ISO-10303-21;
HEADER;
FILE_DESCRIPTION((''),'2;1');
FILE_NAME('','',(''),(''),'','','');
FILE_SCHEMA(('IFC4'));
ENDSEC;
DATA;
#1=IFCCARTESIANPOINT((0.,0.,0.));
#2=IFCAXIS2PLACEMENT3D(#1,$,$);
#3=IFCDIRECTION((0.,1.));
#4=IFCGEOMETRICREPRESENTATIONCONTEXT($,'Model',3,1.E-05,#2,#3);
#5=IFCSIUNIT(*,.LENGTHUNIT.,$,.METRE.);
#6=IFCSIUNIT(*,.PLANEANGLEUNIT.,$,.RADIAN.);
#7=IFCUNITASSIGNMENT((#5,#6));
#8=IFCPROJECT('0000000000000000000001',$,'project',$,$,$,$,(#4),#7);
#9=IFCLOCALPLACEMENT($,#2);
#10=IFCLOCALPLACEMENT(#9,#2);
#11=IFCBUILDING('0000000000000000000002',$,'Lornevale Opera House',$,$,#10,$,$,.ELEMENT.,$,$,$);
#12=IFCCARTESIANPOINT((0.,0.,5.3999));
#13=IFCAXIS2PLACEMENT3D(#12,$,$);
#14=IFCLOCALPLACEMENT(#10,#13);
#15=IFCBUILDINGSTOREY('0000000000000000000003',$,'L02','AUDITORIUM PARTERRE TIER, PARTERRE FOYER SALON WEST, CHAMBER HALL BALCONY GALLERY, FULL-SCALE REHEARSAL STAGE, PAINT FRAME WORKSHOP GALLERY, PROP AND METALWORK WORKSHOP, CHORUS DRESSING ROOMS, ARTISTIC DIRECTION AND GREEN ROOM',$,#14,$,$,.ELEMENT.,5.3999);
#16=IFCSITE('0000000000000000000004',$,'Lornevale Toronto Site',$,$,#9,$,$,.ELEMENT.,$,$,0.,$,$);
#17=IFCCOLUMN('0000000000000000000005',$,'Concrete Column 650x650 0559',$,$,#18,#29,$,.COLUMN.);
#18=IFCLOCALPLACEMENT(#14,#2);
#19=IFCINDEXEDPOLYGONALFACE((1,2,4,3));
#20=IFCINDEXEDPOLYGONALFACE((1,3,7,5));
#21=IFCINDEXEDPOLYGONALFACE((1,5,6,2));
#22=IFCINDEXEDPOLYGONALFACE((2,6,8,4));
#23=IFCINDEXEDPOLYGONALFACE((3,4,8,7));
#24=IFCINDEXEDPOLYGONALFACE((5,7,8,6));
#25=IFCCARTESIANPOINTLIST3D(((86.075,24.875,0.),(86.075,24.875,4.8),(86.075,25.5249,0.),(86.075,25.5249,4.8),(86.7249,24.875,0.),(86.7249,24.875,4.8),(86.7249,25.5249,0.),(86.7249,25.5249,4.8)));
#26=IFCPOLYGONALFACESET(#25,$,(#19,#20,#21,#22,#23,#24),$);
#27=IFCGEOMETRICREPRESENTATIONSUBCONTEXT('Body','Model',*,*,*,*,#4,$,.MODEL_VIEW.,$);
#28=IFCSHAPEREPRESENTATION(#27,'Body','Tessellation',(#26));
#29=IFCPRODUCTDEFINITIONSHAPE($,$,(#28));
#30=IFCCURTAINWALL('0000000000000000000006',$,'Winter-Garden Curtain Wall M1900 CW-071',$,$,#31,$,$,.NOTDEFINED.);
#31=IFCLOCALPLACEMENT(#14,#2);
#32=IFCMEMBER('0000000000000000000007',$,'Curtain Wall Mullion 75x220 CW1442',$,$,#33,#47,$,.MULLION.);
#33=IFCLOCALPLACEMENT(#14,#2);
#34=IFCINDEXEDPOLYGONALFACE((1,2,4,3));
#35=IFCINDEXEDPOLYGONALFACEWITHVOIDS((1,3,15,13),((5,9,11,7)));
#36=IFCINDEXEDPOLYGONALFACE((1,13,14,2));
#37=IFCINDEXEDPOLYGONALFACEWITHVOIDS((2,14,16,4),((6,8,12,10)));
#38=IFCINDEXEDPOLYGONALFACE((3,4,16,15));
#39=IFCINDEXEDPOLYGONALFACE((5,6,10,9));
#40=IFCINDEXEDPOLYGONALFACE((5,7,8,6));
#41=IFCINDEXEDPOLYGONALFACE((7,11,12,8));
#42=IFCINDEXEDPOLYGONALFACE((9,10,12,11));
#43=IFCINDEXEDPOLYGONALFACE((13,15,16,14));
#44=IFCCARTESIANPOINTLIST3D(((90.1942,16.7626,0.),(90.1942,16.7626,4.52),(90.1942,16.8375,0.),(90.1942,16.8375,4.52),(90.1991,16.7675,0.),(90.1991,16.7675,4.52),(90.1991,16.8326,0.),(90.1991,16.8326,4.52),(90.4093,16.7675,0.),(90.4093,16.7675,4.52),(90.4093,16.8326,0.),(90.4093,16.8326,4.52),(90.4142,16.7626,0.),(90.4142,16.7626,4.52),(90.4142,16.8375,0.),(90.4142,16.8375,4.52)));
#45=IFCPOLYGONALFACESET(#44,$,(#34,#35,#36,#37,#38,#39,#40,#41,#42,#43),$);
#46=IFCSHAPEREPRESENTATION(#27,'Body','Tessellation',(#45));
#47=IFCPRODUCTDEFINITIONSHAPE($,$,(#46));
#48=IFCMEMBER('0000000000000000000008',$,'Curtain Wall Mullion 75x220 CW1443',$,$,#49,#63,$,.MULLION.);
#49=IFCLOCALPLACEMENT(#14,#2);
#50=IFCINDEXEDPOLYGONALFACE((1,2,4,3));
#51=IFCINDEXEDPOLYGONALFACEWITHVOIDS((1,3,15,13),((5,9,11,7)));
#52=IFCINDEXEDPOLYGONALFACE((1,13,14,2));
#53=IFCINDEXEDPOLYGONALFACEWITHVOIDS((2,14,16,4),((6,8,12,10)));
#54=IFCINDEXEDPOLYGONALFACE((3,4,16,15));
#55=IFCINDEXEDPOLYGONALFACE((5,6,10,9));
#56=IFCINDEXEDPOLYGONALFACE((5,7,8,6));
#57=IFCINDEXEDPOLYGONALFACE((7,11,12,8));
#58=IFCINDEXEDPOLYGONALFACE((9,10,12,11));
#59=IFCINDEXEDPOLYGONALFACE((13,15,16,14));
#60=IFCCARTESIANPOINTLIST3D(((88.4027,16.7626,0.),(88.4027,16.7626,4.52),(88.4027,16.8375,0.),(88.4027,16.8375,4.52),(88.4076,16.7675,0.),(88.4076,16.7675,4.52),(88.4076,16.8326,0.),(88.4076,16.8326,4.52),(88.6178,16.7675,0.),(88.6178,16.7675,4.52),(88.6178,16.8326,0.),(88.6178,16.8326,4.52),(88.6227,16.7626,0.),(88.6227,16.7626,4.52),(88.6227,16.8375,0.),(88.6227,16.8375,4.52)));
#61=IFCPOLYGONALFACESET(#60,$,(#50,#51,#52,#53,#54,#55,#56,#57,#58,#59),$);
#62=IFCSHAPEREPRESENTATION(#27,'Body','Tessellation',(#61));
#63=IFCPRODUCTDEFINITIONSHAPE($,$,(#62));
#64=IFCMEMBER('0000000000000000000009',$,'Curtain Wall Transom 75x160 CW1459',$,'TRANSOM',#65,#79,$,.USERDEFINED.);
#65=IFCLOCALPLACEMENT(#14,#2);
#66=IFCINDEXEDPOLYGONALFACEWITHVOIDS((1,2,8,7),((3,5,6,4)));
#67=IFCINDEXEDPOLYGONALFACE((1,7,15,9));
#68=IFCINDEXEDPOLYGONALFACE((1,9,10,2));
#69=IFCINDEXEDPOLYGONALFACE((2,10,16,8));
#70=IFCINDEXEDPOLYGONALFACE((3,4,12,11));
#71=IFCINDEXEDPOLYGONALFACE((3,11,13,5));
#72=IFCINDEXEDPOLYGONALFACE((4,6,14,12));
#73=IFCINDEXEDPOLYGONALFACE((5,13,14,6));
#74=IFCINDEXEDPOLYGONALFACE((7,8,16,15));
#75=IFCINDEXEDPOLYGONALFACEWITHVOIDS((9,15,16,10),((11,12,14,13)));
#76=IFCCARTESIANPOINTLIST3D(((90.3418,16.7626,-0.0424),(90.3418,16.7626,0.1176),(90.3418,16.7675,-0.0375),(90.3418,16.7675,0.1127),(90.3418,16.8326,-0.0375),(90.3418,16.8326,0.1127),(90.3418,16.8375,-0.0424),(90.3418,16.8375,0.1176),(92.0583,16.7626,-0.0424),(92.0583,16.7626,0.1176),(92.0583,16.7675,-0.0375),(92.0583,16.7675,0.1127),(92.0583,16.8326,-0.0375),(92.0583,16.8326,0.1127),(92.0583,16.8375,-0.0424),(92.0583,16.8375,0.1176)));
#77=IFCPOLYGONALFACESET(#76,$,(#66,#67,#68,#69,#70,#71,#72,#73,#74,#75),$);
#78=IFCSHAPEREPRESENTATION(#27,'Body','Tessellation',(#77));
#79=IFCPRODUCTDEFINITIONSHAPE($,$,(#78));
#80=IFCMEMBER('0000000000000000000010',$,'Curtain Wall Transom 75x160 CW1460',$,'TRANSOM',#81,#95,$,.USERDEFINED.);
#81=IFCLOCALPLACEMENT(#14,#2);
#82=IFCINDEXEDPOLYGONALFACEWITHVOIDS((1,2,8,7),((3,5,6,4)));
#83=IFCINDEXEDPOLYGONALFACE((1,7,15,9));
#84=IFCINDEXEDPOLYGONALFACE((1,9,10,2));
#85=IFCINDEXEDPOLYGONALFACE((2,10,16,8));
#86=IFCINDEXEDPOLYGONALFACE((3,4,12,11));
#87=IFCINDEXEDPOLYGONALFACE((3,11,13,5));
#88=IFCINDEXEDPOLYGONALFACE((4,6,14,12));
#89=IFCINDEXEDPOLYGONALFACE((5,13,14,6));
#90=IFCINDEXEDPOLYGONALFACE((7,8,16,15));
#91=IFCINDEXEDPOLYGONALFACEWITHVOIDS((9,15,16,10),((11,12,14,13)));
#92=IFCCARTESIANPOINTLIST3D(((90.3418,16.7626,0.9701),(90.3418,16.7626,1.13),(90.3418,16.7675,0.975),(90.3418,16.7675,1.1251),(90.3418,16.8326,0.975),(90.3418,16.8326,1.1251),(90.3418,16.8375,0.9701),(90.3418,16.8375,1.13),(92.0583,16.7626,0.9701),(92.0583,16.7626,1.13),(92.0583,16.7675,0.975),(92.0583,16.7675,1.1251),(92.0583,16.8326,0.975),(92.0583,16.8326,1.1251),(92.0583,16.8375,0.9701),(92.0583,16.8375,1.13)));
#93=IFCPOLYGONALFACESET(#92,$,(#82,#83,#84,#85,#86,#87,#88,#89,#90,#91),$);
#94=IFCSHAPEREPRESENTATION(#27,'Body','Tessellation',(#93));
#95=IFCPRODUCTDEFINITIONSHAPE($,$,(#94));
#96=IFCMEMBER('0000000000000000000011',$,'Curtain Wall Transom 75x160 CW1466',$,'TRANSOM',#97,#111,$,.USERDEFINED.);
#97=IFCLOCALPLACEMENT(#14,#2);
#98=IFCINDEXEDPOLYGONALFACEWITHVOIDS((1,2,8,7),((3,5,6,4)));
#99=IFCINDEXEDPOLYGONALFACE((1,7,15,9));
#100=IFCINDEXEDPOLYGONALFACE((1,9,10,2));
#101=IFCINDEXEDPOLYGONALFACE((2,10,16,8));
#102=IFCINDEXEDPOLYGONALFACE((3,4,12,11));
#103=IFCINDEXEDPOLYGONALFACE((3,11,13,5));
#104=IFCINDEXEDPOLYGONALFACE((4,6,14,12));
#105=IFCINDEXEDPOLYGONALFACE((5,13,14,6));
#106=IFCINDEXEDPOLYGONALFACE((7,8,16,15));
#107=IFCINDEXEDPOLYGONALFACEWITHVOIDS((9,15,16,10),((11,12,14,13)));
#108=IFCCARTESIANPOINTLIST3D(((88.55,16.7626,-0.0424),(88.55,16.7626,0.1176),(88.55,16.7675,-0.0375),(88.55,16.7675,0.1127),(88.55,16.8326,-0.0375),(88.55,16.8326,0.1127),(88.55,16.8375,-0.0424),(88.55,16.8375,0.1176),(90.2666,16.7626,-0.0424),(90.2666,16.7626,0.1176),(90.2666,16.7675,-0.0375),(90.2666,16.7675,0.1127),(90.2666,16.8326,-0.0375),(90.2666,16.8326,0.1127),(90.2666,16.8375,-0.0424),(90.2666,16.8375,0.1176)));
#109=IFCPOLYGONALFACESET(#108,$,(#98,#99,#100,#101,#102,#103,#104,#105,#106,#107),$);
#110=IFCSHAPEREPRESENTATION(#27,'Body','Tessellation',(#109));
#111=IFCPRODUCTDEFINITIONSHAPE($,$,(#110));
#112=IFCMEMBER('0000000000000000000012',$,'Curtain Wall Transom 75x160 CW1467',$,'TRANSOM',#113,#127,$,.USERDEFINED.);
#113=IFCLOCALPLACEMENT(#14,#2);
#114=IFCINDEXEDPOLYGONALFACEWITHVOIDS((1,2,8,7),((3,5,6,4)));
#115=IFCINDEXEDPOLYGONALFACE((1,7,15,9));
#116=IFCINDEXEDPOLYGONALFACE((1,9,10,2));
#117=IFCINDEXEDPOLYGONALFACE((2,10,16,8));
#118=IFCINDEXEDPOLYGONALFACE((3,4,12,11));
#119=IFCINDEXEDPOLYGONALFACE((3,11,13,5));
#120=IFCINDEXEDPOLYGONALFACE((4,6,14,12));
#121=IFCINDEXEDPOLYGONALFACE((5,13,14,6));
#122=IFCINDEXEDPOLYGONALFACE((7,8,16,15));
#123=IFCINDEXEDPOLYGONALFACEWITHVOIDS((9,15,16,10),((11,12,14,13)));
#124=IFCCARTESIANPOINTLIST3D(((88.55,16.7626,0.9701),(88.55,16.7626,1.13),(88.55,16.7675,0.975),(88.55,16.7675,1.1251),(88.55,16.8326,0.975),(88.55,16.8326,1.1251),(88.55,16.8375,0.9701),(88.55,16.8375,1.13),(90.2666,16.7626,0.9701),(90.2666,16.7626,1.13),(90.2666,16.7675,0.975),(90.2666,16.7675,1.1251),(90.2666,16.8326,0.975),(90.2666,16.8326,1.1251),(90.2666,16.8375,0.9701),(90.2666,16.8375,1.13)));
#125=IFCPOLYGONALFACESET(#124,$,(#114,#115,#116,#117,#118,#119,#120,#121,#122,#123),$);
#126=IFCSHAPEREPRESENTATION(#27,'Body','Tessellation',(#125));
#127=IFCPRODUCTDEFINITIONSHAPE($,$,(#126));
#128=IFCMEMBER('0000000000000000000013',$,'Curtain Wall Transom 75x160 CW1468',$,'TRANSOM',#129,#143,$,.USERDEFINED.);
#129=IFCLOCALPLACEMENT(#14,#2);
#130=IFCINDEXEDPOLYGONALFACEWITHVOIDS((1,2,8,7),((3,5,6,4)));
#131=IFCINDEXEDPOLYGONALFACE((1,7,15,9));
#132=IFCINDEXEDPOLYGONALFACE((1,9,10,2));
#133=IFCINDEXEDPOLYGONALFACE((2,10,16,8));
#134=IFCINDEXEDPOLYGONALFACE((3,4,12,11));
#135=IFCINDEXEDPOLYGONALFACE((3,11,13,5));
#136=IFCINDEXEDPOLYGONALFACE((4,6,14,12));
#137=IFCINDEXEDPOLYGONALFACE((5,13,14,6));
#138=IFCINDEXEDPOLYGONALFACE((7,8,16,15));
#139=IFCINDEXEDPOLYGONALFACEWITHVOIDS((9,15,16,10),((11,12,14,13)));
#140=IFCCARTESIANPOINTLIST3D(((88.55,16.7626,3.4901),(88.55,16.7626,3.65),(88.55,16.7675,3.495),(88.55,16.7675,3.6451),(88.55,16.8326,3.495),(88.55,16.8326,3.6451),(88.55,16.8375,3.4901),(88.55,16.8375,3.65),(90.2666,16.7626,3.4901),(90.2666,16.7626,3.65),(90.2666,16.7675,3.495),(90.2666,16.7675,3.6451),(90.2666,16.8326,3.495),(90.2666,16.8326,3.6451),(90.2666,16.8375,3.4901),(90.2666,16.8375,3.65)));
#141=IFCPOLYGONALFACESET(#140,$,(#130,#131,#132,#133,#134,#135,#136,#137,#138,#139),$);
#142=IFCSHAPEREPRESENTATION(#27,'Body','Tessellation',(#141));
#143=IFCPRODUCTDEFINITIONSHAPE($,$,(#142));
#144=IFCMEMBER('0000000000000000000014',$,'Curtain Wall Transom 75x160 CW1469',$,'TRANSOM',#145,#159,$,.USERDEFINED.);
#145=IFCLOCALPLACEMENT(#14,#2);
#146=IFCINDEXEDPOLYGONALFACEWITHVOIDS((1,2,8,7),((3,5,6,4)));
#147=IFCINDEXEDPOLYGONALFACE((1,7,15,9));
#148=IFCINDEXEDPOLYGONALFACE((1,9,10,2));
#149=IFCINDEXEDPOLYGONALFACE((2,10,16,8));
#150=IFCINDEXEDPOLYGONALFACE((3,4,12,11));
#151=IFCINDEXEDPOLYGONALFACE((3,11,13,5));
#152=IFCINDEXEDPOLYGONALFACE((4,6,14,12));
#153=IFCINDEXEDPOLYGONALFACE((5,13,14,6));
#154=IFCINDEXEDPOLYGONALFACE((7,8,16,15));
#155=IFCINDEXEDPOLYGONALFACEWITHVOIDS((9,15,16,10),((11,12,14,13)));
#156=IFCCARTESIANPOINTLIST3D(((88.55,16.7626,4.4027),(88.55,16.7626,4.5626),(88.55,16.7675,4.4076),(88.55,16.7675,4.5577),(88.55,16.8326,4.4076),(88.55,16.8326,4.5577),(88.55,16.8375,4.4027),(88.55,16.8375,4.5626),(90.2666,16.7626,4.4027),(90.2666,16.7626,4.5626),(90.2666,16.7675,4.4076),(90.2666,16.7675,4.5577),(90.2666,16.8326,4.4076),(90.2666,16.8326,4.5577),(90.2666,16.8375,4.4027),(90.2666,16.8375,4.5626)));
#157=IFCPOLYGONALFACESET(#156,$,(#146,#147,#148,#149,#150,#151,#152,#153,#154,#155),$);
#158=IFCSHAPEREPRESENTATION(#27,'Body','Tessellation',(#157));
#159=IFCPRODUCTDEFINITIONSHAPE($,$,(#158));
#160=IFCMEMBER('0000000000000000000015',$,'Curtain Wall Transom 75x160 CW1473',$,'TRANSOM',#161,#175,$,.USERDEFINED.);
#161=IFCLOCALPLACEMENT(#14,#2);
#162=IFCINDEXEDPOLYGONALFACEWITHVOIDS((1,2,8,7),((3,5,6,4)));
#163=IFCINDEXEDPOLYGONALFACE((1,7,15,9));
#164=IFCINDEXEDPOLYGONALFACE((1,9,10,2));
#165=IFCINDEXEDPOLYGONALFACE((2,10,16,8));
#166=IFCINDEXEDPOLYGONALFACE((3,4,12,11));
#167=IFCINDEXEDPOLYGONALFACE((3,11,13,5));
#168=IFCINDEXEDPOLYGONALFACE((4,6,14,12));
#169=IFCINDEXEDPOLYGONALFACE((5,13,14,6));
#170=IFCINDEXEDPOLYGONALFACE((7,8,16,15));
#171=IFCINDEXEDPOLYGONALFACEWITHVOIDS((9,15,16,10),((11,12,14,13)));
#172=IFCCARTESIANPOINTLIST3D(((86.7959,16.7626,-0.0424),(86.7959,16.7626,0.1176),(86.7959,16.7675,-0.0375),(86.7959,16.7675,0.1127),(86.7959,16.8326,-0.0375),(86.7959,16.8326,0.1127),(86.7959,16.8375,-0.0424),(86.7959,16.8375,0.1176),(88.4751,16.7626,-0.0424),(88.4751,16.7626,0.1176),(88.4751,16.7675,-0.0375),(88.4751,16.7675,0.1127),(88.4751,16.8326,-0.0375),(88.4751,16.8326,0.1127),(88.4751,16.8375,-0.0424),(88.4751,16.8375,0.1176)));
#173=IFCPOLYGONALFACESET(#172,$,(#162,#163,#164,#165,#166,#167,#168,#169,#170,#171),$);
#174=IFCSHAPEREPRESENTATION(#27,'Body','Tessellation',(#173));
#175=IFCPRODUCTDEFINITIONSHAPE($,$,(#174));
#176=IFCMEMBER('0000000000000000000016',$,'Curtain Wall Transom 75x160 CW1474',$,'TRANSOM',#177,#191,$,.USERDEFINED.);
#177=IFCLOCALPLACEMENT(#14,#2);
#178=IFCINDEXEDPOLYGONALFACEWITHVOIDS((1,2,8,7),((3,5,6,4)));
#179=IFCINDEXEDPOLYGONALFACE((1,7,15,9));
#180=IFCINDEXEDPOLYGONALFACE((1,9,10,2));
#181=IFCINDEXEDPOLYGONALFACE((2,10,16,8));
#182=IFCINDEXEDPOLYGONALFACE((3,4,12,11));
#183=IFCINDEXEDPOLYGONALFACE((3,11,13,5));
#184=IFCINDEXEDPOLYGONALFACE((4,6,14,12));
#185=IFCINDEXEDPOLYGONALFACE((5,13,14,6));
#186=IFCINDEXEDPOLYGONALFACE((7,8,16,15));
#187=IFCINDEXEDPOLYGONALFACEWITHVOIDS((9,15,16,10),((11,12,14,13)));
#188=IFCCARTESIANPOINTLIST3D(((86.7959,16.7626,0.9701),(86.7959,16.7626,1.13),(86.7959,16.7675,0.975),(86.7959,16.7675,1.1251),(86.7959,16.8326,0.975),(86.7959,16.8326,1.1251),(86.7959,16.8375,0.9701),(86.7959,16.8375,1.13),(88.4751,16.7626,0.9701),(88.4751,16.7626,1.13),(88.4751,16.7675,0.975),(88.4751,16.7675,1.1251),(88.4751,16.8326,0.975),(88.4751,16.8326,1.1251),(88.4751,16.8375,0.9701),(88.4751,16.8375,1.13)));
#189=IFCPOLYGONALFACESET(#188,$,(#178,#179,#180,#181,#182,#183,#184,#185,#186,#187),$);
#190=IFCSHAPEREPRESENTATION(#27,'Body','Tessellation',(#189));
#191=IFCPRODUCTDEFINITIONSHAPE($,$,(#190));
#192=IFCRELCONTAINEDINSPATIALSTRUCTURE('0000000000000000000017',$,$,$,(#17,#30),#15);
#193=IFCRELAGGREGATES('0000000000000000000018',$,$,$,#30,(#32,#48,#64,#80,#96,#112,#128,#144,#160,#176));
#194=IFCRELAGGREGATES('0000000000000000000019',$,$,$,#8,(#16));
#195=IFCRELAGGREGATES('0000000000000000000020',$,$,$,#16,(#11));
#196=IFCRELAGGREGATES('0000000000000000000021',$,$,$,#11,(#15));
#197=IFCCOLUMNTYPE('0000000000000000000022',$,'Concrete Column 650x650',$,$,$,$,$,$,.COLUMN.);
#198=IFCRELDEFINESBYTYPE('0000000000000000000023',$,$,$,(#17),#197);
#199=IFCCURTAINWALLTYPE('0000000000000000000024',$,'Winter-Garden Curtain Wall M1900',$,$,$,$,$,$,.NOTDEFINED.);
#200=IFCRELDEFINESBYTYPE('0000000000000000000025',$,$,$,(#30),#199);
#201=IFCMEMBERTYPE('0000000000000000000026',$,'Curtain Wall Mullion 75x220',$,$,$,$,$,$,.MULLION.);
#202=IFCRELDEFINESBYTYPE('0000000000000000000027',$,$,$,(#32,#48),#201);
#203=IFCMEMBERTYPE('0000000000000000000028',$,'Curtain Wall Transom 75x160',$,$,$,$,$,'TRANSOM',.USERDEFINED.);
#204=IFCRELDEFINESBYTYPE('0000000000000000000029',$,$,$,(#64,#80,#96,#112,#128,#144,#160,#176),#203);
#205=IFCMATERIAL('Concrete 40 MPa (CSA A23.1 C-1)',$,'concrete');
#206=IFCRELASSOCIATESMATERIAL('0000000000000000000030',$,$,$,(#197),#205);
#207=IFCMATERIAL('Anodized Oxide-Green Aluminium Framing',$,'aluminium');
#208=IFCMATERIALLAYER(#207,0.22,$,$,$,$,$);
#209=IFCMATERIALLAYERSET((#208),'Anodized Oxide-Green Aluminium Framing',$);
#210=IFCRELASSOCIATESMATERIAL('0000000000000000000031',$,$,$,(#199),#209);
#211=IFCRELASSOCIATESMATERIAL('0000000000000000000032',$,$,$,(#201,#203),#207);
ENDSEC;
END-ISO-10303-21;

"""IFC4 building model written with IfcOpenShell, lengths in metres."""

from ifc_helpers import new_model, si_unit, direction, frame, origin, origin_2d, place, context, subcontext, project, spatial, rectangle, hollow_rectangle, extrude, material, layer, layer_set, material_profile, profile_set, type_object, element, aggregate, save


model = new_model("IFC4")

# Units and contexts
model_context = context("Model", 3, precision=1e-05, world=origin(), true_north=direction((0.0, 1.0)))
body_context = subcontext(model_context, "Body", "Model", "MODEL_VIEW")
ifc_project = project(units=[si_unit("LENGTHUNIT", "METRE"), si_unit("PLANEANGLEUNIT", "RADIAN")], contexts=[model_context])

# Site, building, storey
site_placement = place(None, origin())
site = spatial("IfcSite", under=ifc_project, at=site_placement, Name="Lornevale Toronto Site", CompositionType="ELEMENT", RefElevation=0.0)
building_placement = place(site_placement, origin())
building = spatial("IfcBuilding", under=site, at=building_placement, Name="Lornevale Opera House", CompositionType="ELEMENT")
storey_placement = place(building_placement, frame((0.0, 0.0, 5.3999)))
storey = spatial("IfcBuildingStorey", under=building, at=storey_placement, Name="L02", Description="AUDITORIUM PARTERRE TIER, PARTERRE FOYER SALON WEST, CHAMBER HALL BALCONY GALLERY, FULL-SCALE REHEARSAL STAGE, PAINT FRAME WORKSHOP GALLERY, PROP AND METALWORK WORKSHOP, CHORUS DRESSING ROOMS, ARTISTIC DIRECTION AND GREEN ROOM", CompositionType="ELEMENT", Elevation=5.3999)

# Column
ifc_material_1 = material(Name="Concrete 40 MPa (CSA A23.1 C-1)", Category="concrete")
ifc_material_profile_1 = material_profile(ifc_material_1, rectangle(XDim=0.6499, YDim=0.6499, at=origin_2d()), Name="RC650x650")
ifc_profile_set_1 = profile_set([ifc_material_profile_1], Name="Concrete 40 MPa (CSA A23.1 C-1)")
column_type = type_object("IfcColumnType", Name="Concrete Column 650x650", PredefinedType="COLUMN", material=ifc_profile_set_1)
column_placement = place(storey_placement, frame((86.3999, 25.2, 0.0), z_axis=(0.0, 0.0, 1.0), x_axis=(1.0, 0.0, 0.0)))
element("IfcColumn", 1, at=column_placement, inside=storey, type_object=column_type, Name="Concrete Column 650x650 0559", PredefinedType="COLUMN", context=body_context, shape_type="SweptSolid", body=[
    extrude(rectangle(XDim=0.6499, YDim=0.6499, at=origin_2d()), origin(), (0.0, 0.0, 1.0), 4.8),
])

# Curtain wall, members
ifc_material_2 = material(Name="Anodized Oxide-Green Aluminium Framing", Category="aluminium")
ifc_layer_1 = layer(ifc_material_2, 0.22)
ifc_layer_set_1 = layer_set([ifc_layer_1], Name="Anodized Oxide-Green Aluminium Framing")
curtain_wall_type = type_object("IfcCurtainWallType", Name="Winter-Garden Curtain Wall M1900", PredefinedType="NOTDEFINED", material=ifc_layer_set_1)
curtain_wall_placement = place(storey_placement, origin())
curtain_wall = element("IfcCurtainWall", 2, at=curtain_wall_placement, inside=storey, type_object=curtain_wall_type, Name="Winter-Garden Curtain Wall M1900 CW-071", PredefinedType="NOTDEFINED")
ifc_material_profile_2 = material_profile(ifc_material_2, hollow_rectangle(XDim=0.075, YDim=0.22, WallThickness=0.0049, at=origin_2d()), Name="ALU75x220x5")
ifc_profile_set_2 = profile_set([ifc_material_profile_2], Name="Anodized Oxide-Green Aluminium Framing")
member_type_1 = type_object("IfcMemberType", Name="Curtain Wall Mullion 75x220", PredefinedType="MULLION", material=ifc_profile_set_2)
member_1_placement = place(storey_placement, frame((90.3042, 16.8, 0.0), z_axis=(0.0, 0.0, 1.0), x_axis=(0.0, -1.0, 0.0)))
member_1 = element("IfcMember", 3, at=member_1_placement, type_object=member_type_1, Name="Curtain Wall Mullion 75x220 CW1442", PredefinedType="MULLION", context=body_context, shape_type="SweptSolid", body=[
    extrude(hollow_rectangle(XDim=0.075, YDim=0.22, WallThickness=0.0049, at=origin_2d()), origin(), (0.0, 0.0, 1.0), 4.52),
])
member_2_placement = place(storey_placement, frame((88.5127, 16.8, 0.0), z_axis=(0.0, 0.0, 1.0), x_axis=(0.0, -1.0, 0.0)))
member_2 = element("IfcMember", 4, at=member_2_placement, type_object=member_type_1, Name="Curtain Wall Mullion 75x220 CW1443", PredefinedType="MULLION", context=body_context, shape_type="SweptSolid", body=[
    extrude(hollow_rectangle(XDim=0.075, YDim=0.22, WallThickness=0.0049, at=origin_2d()), origin(), (0.0, 0.0, 1.0), 4.52),
])
ifc_material_profile_3 = material_profile(ifc_material_2, hollow_rectangle(XDim=0.075, YDim=0.1599, WallThickness=0.0049, at=origin_2d()), Name="ALU75x160x5")
ifc_profile_set_3 = profile_set([ifc_material_profile_3], Name="Anodized Oxide-Green Aluminium Framing")
member_type_2 = type_object("IfcMemberType", Name="Curtain Wall Transom 75x160", ElementType="TRANSOM", PredefinedType="USERDEFINED", material=ifc_profile_set_3)
member_3_placement = place(storey_placement, frame((92.0583, 16.8, 0.0376), z_axis=(-1.0, 0.0, 0.0), x_axis=(0.0, -1.0, 0.0)))
member_3 = element("IfcMember", 5, at=member_3_placement, type_object=member_type_2, Name="Curtain Wall Transom 75x160 CW1459", ObjectType="TRANSOM", PredefinedType="USERDEFINED", context=body_context, shape_type="SweptSolid", body=[
    extrude(hollow_rectangle(XDim=0.075, YDim=0.1599, WallThickness=0.0049, at=origin_2d()), origin(), (0.0, 0.0, 1.0), 1.7166),
])
member_4_placement = place(storey_placement, frame((92.0583, 16.8, 1.05), z_axis=(-1.0, 0.0, 0.0), x_axis=(0.0, -1.0, 0.0)))
member_4 = element("IfcMember", 6, at=member_4_placement, type_object=member_type_2, Name="Curtain Wall Transom 75x160 CW1460", ObjectType="TRANSOM", PredefinedType="USERDEFINED", context=body_context, shape_type="SweptSolid", body=[
    extrude(hollow_rectangle(XDim=0.075, YDim=0.1599, WallThickness=0.0049, at=origin_2d()), origin(), (0.0, 0.0, 1.0), 1.7166),
])
member_5_placement = place(storey_placement, frame((90.2666, 16.8, 0.0376), z_axis=(-1.0, 0.0, 0.0), x_axis=(0.0, -1.0, 0.0)))
member_5 = element("IfcMember", 7, at=member_5_placement, type_object=member_type_2, Name="Curtain Wall Transom 75x160 CW1466", ObjectType="TRANSOM", PredefinedType="USERDEFINED", context=body_context, shape_type="SweptSolid", body=[
    extrude(hollow_rectangle(XDim=0.075, YDim=0.1599, WallThickness=0.0049, at=origin_2d()), origin(), (0.0, 0.0, 1.0), 1.7166),
])
member_6_placement = place(storey_placement, frame((90.2666, 16.8, 1.05), z_axis=(-1.0, 0.0, 0.0), x_axis=(0.0, -1.0, 0.0)))
member_6 = element("IfcMember", 8, at=member_6_placement, type_object=member_type_2, Name="Curtain Wall Transom 75x160 CW1467", ObjectType="TRANSOM", PredefinedType="USERDEFINED", context=body_context, shape_type="SweptSolid", body=[
    extrude(hollow_rectangle(XDim=0.075, YDim=0.1599, WallThickness=0.0049, at=origin_2d()), origin(), (0.0, 0.0, 1.0), 1.7166),
])
member_7_placement = place(storey_placement, frame((90.2666, 16.8, 3.5701), z_axis=(-1.0, 0.0, 0.0), x_axis=(0.0, -1.0, 0.0)))
member_7 = element("IfcMember", 9, at=member_7_placement, type_object=member_type_2, Name="Curtain Wall Transom 75x160 CW1468", ObjectType="TRANSOM", PredefinedType="USERDEFINED", context=body_context, shape_type="SweptSolid", body=[
    extrude(hollow_rectangle(XDim=0.075, YDim=0.1599, WallThickness=0.0049, at=origin_2d()), origin(), (0.0, 0.0, 1.0), 1.7166),
])
member_8_placement = place(storey_placement, frame((90.2666, 16.8, 4.4827), z_axis=(-1.0, 0.0, 0.0), x_axis=(0.0, -1.0, 0.0)))
member_8 = element("IfcMember", 10, at=member_8_placement, type_object=member_type_2, Name="Curtain Wall Transom 75x160 CW1469", ObjectType="TRANSOM", PredefinedType="USERDEFINED", context=body_context, shape_type="SweptSolid", body=[
    extrude(hollow_rectangle(XDim=0.075, YDim=0.1599, WallThickness=0.0049, at=origin_2d()), origin(), (0.0, 0.0, 1.0), 1.7166),
])
member_9_placement = place(storey_placement, frame((88.4751, 16.8, 0.0376), z_axis=(-1.0, 0.0, 0.0), x_axis=(0.0, -1.0, 0.0)))
member_9 = element("IfcMember", 11, at=member_9_placement, type_object=member_type_2, Name="Curtain Wall Transom 75x160 CW1473", ObjectType="TRANSOM", PredefinedType="USERDEFINED", context=body_context, shape_type="SweptSolid", body=[
    extrude(hollow_rectangle(XDim=0.075, YDim=0.1599, WallThickness=0.0049, at=origin_2d()), origin(), (0.0, 0.0, 1.0), 1.6792),
])
member_10_placement = place(storey_placement, frame((88.4751, 16.8, 1.05), z_axis=(-1.0, 0.0, 0.0), x_axis=(0.0, -1.0, 0.0)))
member_10 = element("IfcMember", 12, at=member_10_placement, type_object=member_type_2, Name="Curtain Wall Transom 75x160 CW1474", ObjectType="TRANSOM", PredefinedType="USERDEFINED", context=body_context, shape_type="SweptSolid", body=[
    extrude(hollow_rectangle(XDim=0.075, YDim=0.1599, WallThickness=0.0049, at=origin_2d()), origin(), (0.0, 0.0, 1.0), 1.6792),
])
aggregate(curtain_wall, [member_1, member_2, member_3, member_4, member_5, member_6, member_7, member_8, member_9, member_10])

save(model, "model.ifc")
